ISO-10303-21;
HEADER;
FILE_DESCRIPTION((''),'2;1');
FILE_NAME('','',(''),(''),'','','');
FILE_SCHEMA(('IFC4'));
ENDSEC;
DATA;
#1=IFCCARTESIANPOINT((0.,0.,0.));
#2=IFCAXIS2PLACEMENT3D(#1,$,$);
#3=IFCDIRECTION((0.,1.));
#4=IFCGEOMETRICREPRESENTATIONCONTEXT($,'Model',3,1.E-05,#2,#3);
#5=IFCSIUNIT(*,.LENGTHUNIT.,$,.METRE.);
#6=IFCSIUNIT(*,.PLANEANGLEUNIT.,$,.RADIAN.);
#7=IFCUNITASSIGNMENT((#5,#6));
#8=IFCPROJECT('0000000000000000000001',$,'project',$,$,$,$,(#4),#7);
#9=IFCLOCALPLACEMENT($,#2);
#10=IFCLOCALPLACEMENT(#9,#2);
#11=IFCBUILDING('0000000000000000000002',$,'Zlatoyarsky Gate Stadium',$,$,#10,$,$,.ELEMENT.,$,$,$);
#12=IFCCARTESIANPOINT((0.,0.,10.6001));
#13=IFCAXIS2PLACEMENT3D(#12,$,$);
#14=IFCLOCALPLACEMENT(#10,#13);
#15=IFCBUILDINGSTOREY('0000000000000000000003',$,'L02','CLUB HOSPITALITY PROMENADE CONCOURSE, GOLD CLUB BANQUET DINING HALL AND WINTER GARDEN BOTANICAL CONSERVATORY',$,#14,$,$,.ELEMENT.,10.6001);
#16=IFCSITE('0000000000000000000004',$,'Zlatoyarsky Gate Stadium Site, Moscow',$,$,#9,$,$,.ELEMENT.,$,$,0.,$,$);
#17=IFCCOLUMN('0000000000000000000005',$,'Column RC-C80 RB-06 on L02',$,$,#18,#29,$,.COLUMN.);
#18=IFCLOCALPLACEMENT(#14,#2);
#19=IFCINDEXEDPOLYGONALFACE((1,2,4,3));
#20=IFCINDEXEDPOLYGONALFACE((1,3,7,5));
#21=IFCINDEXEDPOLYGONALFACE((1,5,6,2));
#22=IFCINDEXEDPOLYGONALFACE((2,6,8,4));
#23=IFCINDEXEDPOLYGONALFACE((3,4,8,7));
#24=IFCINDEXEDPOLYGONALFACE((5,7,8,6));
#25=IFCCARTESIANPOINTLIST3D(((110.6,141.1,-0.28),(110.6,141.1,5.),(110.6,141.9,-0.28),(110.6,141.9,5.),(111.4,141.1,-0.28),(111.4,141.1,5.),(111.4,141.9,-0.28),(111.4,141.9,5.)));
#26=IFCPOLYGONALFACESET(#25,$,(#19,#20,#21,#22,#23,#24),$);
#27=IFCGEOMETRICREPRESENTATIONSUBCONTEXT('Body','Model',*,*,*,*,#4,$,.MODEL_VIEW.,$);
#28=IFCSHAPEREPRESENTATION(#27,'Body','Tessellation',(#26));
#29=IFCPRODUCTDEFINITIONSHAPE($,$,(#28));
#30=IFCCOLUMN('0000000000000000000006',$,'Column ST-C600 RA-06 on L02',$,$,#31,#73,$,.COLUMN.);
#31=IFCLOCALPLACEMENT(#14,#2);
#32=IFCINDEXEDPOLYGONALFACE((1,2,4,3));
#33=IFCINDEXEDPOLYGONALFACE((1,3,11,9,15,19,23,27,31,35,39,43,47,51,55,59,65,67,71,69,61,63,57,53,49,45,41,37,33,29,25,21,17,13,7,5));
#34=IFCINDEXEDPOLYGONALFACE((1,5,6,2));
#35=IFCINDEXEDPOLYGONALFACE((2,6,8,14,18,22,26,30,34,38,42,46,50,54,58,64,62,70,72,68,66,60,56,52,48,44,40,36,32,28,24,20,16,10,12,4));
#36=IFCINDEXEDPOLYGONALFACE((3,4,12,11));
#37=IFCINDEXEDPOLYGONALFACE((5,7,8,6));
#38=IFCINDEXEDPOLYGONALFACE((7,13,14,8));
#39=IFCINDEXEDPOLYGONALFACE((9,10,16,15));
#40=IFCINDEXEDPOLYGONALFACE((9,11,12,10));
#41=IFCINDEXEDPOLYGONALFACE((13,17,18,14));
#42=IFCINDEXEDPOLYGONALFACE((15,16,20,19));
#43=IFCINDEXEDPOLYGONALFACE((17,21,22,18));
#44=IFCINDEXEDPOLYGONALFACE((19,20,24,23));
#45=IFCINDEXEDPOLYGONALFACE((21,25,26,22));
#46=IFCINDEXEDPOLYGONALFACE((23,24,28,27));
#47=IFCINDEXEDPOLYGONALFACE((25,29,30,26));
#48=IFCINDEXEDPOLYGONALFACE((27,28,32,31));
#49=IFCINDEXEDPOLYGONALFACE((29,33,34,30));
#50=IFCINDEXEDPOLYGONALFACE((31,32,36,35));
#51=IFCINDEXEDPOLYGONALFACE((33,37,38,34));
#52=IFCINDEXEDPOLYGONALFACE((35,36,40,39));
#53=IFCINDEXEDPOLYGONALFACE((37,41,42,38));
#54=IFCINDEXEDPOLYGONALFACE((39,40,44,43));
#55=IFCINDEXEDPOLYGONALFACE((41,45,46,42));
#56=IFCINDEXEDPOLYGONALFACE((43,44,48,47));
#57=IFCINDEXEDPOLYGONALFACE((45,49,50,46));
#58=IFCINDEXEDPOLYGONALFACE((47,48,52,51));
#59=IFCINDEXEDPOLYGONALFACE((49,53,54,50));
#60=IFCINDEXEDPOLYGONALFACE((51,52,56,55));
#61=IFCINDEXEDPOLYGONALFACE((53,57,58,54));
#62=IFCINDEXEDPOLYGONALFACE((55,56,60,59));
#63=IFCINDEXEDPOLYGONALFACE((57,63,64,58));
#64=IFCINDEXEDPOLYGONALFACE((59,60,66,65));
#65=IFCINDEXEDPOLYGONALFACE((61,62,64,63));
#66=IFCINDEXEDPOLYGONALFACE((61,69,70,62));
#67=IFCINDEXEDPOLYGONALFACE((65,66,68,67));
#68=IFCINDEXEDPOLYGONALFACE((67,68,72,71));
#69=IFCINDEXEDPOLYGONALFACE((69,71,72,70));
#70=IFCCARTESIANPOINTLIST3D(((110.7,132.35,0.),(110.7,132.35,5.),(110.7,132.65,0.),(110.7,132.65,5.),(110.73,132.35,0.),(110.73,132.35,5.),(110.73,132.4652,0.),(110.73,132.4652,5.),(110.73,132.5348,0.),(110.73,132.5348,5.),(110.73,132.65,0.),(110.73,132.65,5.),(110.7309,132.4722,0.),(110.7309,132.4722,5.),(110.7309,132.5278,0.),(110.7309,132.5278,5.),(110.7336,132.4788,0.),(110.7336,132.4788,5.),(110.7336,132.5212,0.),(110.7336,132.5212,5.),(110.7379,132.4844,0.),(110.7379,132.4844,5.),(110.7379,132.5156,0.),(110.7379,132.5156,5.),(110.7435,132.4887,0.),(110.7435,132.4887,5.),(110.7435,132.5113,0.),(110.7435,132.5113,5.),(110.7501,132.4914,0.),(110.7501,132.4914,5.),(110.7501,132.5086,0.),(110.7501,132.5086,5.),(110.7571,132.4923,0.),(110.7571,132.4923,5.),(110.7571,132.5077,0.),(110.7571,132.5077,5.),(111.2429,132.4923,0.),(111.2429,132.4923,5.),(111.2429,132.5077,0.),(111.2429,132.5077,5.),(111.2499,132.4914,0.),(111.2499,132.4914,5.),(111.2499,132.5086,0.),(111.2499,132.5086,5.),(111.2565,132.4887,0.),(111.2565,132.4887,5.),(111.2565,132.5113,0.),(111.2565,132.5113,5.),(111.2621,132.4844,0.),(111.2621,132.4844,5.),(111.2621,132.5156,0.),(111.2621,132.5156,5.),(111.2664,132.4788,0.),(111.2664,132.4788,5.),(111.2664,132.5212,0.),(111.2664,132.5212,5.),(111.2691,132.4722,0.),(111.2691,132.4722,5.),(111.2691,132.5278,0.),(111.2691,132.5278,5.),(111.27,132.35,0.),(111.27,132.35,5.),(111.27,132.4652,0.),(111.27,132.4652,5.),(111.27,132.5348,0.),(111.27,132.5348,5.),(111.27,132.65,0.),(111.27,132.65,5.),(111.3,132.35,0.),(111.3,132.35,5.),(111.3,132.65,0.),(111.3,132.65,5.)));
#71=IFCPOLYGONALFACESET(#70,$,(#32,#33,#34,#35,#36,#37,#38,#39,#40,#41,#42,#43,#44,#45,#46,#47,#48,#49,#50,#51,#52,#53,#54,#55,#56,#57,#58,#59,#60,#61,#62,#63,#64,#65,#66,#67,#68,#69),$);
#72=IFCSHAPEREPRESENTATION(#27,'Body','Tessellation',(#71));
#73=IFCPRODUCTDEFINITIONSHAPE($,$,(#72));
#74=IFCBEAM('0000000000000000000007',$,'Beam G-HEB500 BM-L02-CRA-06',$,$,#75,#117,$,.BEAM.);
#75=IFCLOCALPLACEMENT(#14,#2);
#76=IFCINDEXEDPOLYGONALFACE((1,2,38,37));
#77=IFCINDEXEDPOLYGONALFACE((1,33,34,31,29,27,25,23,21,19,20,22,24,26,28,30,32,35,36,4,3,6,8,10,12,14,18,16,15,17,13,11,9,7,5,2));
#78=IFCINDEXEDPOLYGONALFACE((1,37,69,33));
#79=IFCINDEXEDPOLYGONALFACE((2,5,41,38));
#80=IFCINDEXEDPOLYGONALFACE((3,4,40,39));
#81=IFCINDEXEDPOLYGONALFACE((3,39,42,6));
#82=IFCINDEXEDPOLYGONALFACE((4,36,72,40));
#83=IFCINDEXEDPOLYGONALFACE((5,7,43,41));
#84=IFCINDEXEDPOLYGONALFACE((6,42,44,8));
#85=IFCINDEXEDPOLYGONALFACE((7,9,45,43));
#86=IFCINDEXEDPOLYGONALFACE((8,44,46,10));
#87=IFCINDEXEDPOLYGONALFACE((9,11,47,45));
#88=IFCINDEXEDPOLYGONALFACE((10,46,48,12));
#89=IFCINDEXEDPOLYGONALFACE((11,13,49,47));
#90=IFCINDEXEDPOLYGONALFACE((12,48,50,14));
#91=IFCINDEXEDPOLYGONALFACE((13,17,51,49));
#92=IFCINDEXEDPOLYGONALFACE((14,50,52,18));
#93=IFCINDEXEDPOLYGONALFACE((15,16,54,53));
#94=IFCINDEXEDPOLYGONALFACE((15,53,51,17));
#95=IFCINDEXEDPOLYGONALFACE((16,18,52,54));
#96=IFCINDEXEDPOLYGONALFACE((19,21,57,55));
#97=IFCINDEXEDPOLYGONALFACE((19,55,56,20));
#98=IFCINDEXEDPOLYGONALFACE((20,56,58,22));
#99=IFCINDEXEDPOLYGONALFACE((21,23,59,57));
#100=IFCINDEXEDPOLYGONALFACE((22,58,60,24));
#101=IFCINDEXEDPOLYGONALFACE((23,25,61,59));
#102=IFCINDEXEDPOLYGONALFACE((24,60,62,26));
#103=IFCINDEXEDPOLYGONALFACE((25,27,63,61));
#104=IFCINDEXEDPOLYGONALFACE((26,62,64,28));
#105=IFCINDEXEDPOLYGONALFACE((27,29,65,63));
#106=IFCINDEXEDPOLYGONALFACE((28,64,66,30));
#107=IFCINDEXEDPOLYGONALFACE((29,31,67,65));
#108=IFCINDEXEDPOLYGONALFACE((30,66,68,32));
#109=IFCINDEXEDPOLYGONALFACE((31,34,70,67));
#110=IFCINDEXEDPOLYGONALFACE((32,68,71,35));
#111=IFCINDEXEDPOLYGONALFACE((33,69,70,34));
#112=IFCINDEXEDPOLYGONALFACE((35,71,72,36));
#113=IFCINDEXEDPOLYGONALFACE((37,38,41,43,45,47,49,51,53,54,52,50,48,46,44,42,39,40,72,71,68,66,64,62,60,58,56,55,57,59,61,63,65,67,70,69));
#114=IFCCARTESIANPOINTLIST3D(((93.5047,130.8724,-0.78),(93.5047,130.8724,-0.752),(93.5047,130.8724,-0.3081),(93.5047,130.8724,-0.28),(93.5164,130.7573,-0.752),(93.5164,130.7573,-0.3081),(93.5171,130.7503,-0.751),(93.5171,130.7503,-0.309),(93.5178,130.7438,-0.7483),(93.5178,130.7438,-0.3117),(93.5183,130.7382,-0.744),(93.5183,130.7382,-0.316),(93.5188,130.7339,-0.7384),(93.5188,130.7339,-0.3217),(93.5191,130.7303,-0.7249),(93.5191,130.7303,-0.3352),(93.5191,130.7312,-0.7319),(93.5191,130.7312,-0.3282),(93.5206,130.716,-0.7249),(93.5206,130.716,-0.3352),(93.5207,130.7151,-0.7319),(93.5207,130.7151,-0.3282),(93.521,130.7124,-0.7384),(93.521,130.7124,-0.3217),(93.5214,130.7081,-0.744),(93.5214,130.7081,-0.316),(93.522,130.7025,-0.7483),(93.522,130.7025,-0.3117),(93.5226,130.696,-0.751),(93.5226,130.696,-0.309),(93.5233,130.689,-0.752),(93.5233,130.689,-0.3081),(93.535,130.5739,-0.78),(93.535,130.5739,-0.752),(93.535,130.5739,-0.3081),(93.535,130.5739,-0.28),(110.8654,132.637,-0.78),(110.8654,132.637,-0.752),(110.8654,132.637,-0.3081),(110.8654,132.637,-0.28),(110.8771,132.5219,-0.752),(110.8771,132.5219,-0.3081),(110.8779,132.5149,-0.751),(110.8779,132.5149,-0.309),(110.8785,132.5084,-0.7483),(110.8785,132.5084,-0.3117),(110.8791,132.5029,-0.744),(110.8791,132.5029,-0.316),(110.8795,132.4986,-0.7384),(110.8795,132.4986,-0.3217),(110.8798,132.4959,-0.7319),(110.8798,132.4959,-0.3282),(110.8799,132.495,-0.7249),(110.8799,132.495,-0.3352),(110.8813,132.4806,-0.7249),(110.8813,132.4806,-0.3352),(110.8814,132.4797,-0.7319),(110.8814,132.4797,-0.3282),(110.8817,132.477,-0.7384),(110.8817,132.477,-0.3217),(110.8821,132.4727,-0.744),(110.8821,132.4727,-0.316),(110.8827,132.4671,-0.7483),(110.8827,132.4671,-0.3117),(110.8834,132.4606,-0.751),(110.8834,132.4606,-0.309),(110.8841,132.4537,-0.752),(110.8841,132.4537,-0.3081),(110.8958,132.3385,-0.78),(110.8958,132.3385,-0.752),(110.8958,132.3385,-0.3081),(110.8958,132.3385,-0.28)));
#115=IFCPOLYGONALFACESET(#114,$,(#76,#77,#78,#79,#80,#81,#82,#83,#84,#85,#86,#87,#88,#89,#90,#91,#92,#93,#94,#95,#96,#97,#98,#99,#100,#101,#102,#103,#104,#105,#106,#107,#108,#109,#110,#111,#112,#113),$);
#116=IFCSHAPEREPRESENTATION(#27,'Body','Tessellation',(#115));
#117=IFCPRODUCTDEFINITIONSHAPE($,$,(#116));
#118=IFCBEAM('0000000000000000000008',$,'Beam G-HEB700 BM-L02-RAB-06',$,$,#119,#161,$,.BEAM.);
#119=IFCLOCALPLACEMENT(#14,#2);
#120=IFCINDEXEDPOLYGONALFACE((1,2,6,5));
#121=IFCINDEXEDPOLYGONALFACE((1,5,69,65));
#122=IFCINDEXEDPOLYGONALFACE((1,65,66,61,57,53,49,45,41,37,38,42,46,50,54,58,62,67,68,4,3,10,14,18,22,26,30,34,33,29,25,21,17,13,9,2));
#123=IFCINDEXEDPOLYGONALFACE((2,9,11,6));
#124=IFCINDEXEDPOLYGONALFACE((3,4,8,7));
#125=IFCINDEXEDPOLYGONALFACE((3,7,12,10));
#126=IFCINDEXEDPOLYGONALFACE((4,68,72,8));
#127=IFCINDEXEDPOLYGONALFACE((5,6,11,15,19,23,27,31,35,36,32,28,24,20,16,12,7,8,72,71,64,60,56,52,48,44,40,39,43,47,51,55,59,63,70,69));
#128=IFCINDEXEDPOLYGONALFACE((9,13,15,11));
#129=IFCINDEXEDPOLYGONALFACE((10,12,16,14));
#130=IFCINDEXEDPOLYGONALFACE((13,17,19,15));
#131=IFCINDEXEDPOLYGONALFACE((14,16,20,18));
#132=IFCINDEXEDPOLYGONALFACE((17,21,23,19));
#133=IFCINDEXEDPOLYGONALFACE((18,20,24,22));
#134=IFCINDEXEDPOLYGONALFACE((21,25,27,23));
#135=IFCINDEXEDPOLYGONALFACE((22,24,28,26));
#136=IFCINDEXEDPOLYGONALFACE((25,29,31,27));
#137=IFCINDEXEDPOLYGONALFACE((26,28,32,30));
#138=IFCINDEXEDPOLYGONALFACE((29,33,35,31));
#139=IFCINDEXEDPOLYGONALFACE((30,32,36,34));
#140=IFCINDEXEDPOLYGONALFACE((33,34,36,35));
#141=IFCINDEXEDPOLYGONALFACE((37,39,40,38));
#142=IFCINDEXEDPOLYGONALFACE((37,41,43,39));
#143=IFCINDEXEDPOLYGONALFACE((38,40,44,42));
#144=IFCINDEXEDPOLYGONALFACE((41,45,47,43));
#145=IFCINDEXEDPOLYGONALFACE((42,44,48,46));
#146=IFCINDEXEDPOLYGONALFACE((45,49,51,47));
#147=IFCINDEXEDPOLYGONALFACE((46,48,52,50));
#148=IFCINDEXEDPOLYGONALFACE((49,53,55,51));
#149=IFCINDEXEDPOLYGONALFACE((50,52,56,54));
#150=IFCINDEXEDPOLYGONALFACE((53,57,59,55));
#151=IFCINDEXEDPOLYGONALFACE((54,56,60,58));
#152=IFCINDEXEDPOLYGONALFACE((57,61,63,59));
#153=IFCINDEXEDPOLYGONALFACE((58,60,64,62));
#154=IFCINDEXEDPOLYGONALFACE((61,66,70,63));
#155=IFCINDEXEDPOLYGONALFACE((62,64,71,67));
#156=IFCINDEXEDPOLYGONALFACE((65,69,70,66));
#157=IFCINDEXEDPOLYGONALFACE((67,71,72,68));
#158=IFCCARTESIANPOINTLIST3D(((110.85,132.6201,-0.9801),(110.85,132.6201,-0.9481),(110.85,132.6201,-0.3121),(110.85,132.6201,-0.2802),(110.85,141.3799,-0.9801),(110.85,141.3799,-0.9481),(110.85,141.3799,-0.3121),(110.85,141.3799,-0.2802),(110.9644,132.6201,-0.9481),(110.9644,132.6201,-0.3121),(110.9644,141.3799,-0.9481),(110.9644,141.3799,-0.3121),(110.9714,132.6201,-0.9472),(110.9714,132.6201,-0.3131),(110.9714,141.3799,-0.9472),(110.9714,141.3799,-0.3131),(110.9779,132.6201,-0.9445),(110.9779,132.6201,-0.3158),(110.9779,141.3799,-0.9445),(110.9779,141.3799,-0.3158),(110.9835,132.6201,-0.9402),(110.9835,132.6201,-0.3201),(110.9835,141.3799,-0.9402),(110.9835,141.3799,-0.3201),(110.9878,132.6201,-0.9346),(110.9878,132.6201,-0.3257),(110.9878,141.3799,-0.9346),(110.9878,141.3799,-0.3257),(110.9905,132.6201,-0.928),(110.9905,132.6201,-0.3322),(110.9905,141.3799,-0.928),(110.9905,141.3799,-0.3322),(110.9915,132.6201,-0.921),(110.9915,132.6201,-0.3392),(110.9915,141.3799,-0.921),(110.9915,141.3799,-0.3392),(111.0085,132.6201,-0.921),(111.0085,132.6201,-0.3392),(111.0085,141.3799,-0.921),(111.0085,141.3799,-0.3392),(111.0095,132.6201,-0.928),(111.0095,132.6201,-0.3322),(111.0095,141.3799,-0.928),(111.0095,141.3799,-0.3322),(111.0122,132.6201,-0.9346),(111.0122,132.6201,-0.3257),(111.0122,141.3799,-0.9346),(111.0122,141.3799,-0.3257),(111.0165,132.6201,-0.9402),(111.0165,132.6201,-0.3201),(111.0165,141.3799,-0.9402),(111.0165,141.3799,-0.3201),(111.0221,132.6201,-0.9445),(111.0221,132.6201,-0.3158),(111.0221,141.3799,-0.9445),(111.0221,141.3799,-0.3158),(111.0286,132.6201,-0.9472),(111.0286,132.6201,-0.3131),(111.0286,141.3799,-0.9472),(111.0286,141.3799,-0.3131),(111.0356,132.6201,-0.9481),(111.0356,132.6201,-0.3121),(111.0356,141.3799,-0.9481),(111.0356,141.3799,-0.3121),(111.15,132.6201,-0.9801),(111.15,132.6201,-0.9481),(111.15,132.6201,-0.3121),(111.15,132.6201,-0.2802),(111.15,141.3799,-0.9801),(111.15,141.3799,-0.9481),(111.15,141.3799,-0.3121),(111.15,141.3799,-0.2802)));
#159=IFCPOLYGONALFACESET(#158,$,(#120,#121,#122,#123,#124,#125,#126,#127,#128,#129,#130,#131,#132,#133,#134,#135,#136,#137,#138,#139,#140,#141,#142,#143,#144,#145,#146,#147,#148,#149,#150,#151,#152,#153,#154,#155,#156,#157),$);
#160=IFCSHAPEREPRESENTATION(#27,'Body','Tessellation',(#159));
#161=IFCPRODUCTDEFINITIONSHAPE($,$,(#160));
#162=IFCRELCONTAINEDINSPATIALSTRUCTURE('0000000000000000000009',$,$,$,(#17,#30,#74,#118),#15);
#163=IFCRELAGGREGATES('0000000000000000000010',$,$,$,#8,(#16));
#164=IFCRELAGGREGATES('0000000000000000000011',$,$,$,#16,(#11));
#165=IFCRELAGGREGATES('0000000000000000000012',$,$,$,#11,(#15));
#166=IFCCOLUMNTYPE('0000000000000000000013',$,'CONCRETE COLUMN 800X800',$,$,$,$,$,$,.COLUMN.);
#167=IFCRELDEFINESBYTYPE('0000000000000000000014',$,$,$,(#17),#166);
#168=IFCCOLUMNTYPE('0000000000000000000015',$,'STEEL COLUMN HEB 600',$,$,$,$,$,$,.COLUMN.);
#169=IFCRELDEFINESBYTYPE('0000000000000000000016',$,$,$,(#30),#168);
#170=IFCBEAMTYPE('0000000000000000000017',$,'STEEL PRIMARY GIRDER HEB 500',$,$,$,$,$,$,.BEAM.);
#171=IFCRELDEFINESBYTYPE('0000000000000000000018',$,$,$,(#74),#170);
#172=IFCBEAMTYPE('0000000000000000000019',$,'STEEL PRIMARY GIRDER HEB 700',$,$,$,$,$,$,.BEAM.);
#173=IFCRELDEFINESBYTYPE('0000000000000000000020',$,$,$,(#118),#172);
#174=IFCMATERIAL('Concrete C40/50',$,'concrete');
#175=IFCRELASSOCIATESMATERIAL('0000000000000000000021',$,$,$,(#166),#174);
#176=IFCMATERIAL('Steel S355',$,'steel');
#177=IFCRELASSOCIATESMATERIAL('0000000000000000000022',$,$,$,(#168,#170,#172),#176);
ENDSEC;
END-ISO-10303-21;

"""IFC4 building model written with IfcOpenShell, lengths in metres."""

from ifc_helpers import new_model, si_unit, direction, frame, origin, origin_2d, place, context, subcontext, project, spatial, rectangle, i_section, extrude, material, material_profile, profile_set, type_object, element, save


model = new_model("IFC4")

# Units and contexts
model_context = context("Model", 3, precision=1e-05, world=origin(), true_north=direction((0.0, 1.0)))
body_context = subcontext(model_context, "Body", "Model", "MODEL_VIEW")
ifc_project = project(units=[si_unit("LENGTHUNIT", "METRE"), si_unit("PLANEANGLEUNIT", "RADIAN")], contexts=[model_context])

# Site, building, storey
site_placement = place(None, origin())
site = spatial("IfcSite", under=ifc_project, at=site_placement, Name="Zlatoyarsky Gate Stadium Site, Moscow", CompositionType="ELEMENT", RefElevation=0.0)
building_placement = place(site_placement, origin())
building = spatial("IfcBuilding", under=site, at=building_placement, Name="Zlatoyarsky Gate Stadium", CompositionType="ELEMENT")
storey_placement = place(building_placement, frame((0.0, 0.0, 10.6001)))
storey = spatial("IfcBuildingStorey", under=building, at=storey_placement, Name="L02", Description="CLUB HOSPITALITY PROMENADE CONCOURSE, GOLD CLUB BANQUET DINING HALL AND WINTER GARDEN BOTANICAL CONSERVATORY", CompositionType="ELEMENT", Elevation=10.6001)

# Columns
ifc_material_1 = material(Name="Concrete C40/50", Category="concrete")
ifc_material_profile_1 = material_profile(ifc_material_1, rectangle(XDim=0.8, YDim=0.8, at=origin_2d()), Name="RC COL 800X800")
ifc_profile_set_1 = profile_set([ifc_material_profile_1], Name="Concrete C40/50")
column_type_1 = type_object("IfcColumnType", Name="CONCRETE COLUMN 800X800", PredefinedType="COLUMN", material=ifc_profile_set_1)
column_1_placement = place(storey_placement, frame((111.0, 141.5, -0.28), z_axis=(0.0, 0.0, 1.0), x_axis=(0.0, 1.0, 0.0)))
element("IfcColumn", 1, at=column_1_placement, inside=storey, type_object=column_type_1, Name="Column RC-C80 RB-06 on L02", PredefinedType="COLUMN", context=body_context, shape_type="SweptSolid", body=[
    extrude(rectangle(XDim=0.8, YDim=0.8, at=origin_2d()), origin(), (0.0, 0.0, 1.0), 5.28),
])
ifc_material_2 = material(Name="Steel S355", Category="steel")
ifc_material_profile_2 = material_profile(ifc_material_2, i_section(OverallWidth=0.3, OverallDepth=0.6001, WebThickness=0.0154, FlangeThickness=0.03, FilletRadius=0.0271, at=origin_2d()), Name="HEB 600")
ifc_profile_set_2 = profile_set([ifc_material_profile_2], Name="Steel S355")
column_type_2 = type_object("IfcColumnType", Name="STEEL COLUMN HEB 600", PredefinedType="COLUMN", material=ifc_profile_set_2)
column_2_placement = place(storey_placement, frame((111.0, 132.5, 0.0), z_axis=(0.0, 0.0, 1.0), x_axis=(0.0, 1.0, 0.0)))
element("IfcColumn", 2, at=column_2_placement, inside=storey, type_object=column_type_2, Name="Column ST-C600 RA-06 on L02", PredefinedType="COLUMN", context=body_context, shape_type="SweptSolid", body=[
    extrude(i_section(OverallWidth=0.3, OverallDepth=0.6001, WebThickness=0.0154, FlangeThickness=0.03, FilletRadius=0.0271, at=origin_2d()), origin(), (0.0, 0.0, 1.0), 5.0),
])

# Beams
ifc_material_profile_3 = material_profile(ifc_material_2, i_section(OverallWidth=0.3, OverallDepth=0.5, WebThickness=0.0144, FlangeThickness=0.0281, FilletRadius=0.0271, at=origin_2d()), Name="HEB 500")
ifc_profile_set_3 = profile_set([ifc_material_profile_3], Name="Steel S355")
beam_type_1 = type_object("IfcBeamType", Name="STEEL PRIMARY GIRDER HEB 500", PredefinedType="BEAM", material=ifc_profile_set_3)
beam_1_placement = place(storey_placement, frame((110.8806, 132.4878, -0.53), z_axis=(-0.994874, -0.101124, 0.0), x_axis=(0.101124, -0.994874, 0.0)))
element("IfcBeam", 3, at=beam_1_placement, inside=storey, type_object=beam_type_1, Name="Beam G-HEB500 BM-L02-CRA-06", PredefinedType="BEAM", context=body_context, shape_type="SweptSolid", body=[
    extrude(i_section(OverallWidth=0.3, OverallDepth=0.5, WebThickness=0.0144, FlangeThickness=0.0281, FilletRadius=0.0271, at=origin_2d()), origin(), (0.0, 0.0, 1.0), 17.4502),
])
ifc_material_profile_4 = material_profile(ifc_material_2, i_section(OverallWidth=0.3, OverallDepth=0.7, WebThickness=0.0171, FlangeThickness=0.032, FilletRadius=0.0271, at=origin_2d()), Name="HEB 700")
ifc_profile_set_4 = profile_set([ifc_material_profile_4], Name="Steel S355")
beam_type_2 = type_object("IfcBeamType", Name="STEEL PRIMARY GIRDER HEB 700", PredefinedType="BEAM", material=ifc_profile_set_4)
beam_2_placement = place(storey_placement, frame((111.0, 132.6201, -0.6301), z_axis=(0.0, 1.0, 0.0), x_axis=(-1.0, 0.0, 0.0)))
element("IfcBeam", 4, at=beam_2_placement, inside=storey, type_object=beam_type_2, Name="Beam G-HEB700 BM-L02-RAB-06", PredefinedType="BEAM", context=body_context, shape_type="SweptSolid", body=[
    extrude(i_section(OverallWidth=0.3, OverallDepth=0.7, WebThickness=0.0171, FlangeThickness=0.032, FilletRadius=0.0271, at=origin_2d()), origin(), (0.0, 0.0, 1.0), 8.7598),
])

save(model, "model.ifc")
